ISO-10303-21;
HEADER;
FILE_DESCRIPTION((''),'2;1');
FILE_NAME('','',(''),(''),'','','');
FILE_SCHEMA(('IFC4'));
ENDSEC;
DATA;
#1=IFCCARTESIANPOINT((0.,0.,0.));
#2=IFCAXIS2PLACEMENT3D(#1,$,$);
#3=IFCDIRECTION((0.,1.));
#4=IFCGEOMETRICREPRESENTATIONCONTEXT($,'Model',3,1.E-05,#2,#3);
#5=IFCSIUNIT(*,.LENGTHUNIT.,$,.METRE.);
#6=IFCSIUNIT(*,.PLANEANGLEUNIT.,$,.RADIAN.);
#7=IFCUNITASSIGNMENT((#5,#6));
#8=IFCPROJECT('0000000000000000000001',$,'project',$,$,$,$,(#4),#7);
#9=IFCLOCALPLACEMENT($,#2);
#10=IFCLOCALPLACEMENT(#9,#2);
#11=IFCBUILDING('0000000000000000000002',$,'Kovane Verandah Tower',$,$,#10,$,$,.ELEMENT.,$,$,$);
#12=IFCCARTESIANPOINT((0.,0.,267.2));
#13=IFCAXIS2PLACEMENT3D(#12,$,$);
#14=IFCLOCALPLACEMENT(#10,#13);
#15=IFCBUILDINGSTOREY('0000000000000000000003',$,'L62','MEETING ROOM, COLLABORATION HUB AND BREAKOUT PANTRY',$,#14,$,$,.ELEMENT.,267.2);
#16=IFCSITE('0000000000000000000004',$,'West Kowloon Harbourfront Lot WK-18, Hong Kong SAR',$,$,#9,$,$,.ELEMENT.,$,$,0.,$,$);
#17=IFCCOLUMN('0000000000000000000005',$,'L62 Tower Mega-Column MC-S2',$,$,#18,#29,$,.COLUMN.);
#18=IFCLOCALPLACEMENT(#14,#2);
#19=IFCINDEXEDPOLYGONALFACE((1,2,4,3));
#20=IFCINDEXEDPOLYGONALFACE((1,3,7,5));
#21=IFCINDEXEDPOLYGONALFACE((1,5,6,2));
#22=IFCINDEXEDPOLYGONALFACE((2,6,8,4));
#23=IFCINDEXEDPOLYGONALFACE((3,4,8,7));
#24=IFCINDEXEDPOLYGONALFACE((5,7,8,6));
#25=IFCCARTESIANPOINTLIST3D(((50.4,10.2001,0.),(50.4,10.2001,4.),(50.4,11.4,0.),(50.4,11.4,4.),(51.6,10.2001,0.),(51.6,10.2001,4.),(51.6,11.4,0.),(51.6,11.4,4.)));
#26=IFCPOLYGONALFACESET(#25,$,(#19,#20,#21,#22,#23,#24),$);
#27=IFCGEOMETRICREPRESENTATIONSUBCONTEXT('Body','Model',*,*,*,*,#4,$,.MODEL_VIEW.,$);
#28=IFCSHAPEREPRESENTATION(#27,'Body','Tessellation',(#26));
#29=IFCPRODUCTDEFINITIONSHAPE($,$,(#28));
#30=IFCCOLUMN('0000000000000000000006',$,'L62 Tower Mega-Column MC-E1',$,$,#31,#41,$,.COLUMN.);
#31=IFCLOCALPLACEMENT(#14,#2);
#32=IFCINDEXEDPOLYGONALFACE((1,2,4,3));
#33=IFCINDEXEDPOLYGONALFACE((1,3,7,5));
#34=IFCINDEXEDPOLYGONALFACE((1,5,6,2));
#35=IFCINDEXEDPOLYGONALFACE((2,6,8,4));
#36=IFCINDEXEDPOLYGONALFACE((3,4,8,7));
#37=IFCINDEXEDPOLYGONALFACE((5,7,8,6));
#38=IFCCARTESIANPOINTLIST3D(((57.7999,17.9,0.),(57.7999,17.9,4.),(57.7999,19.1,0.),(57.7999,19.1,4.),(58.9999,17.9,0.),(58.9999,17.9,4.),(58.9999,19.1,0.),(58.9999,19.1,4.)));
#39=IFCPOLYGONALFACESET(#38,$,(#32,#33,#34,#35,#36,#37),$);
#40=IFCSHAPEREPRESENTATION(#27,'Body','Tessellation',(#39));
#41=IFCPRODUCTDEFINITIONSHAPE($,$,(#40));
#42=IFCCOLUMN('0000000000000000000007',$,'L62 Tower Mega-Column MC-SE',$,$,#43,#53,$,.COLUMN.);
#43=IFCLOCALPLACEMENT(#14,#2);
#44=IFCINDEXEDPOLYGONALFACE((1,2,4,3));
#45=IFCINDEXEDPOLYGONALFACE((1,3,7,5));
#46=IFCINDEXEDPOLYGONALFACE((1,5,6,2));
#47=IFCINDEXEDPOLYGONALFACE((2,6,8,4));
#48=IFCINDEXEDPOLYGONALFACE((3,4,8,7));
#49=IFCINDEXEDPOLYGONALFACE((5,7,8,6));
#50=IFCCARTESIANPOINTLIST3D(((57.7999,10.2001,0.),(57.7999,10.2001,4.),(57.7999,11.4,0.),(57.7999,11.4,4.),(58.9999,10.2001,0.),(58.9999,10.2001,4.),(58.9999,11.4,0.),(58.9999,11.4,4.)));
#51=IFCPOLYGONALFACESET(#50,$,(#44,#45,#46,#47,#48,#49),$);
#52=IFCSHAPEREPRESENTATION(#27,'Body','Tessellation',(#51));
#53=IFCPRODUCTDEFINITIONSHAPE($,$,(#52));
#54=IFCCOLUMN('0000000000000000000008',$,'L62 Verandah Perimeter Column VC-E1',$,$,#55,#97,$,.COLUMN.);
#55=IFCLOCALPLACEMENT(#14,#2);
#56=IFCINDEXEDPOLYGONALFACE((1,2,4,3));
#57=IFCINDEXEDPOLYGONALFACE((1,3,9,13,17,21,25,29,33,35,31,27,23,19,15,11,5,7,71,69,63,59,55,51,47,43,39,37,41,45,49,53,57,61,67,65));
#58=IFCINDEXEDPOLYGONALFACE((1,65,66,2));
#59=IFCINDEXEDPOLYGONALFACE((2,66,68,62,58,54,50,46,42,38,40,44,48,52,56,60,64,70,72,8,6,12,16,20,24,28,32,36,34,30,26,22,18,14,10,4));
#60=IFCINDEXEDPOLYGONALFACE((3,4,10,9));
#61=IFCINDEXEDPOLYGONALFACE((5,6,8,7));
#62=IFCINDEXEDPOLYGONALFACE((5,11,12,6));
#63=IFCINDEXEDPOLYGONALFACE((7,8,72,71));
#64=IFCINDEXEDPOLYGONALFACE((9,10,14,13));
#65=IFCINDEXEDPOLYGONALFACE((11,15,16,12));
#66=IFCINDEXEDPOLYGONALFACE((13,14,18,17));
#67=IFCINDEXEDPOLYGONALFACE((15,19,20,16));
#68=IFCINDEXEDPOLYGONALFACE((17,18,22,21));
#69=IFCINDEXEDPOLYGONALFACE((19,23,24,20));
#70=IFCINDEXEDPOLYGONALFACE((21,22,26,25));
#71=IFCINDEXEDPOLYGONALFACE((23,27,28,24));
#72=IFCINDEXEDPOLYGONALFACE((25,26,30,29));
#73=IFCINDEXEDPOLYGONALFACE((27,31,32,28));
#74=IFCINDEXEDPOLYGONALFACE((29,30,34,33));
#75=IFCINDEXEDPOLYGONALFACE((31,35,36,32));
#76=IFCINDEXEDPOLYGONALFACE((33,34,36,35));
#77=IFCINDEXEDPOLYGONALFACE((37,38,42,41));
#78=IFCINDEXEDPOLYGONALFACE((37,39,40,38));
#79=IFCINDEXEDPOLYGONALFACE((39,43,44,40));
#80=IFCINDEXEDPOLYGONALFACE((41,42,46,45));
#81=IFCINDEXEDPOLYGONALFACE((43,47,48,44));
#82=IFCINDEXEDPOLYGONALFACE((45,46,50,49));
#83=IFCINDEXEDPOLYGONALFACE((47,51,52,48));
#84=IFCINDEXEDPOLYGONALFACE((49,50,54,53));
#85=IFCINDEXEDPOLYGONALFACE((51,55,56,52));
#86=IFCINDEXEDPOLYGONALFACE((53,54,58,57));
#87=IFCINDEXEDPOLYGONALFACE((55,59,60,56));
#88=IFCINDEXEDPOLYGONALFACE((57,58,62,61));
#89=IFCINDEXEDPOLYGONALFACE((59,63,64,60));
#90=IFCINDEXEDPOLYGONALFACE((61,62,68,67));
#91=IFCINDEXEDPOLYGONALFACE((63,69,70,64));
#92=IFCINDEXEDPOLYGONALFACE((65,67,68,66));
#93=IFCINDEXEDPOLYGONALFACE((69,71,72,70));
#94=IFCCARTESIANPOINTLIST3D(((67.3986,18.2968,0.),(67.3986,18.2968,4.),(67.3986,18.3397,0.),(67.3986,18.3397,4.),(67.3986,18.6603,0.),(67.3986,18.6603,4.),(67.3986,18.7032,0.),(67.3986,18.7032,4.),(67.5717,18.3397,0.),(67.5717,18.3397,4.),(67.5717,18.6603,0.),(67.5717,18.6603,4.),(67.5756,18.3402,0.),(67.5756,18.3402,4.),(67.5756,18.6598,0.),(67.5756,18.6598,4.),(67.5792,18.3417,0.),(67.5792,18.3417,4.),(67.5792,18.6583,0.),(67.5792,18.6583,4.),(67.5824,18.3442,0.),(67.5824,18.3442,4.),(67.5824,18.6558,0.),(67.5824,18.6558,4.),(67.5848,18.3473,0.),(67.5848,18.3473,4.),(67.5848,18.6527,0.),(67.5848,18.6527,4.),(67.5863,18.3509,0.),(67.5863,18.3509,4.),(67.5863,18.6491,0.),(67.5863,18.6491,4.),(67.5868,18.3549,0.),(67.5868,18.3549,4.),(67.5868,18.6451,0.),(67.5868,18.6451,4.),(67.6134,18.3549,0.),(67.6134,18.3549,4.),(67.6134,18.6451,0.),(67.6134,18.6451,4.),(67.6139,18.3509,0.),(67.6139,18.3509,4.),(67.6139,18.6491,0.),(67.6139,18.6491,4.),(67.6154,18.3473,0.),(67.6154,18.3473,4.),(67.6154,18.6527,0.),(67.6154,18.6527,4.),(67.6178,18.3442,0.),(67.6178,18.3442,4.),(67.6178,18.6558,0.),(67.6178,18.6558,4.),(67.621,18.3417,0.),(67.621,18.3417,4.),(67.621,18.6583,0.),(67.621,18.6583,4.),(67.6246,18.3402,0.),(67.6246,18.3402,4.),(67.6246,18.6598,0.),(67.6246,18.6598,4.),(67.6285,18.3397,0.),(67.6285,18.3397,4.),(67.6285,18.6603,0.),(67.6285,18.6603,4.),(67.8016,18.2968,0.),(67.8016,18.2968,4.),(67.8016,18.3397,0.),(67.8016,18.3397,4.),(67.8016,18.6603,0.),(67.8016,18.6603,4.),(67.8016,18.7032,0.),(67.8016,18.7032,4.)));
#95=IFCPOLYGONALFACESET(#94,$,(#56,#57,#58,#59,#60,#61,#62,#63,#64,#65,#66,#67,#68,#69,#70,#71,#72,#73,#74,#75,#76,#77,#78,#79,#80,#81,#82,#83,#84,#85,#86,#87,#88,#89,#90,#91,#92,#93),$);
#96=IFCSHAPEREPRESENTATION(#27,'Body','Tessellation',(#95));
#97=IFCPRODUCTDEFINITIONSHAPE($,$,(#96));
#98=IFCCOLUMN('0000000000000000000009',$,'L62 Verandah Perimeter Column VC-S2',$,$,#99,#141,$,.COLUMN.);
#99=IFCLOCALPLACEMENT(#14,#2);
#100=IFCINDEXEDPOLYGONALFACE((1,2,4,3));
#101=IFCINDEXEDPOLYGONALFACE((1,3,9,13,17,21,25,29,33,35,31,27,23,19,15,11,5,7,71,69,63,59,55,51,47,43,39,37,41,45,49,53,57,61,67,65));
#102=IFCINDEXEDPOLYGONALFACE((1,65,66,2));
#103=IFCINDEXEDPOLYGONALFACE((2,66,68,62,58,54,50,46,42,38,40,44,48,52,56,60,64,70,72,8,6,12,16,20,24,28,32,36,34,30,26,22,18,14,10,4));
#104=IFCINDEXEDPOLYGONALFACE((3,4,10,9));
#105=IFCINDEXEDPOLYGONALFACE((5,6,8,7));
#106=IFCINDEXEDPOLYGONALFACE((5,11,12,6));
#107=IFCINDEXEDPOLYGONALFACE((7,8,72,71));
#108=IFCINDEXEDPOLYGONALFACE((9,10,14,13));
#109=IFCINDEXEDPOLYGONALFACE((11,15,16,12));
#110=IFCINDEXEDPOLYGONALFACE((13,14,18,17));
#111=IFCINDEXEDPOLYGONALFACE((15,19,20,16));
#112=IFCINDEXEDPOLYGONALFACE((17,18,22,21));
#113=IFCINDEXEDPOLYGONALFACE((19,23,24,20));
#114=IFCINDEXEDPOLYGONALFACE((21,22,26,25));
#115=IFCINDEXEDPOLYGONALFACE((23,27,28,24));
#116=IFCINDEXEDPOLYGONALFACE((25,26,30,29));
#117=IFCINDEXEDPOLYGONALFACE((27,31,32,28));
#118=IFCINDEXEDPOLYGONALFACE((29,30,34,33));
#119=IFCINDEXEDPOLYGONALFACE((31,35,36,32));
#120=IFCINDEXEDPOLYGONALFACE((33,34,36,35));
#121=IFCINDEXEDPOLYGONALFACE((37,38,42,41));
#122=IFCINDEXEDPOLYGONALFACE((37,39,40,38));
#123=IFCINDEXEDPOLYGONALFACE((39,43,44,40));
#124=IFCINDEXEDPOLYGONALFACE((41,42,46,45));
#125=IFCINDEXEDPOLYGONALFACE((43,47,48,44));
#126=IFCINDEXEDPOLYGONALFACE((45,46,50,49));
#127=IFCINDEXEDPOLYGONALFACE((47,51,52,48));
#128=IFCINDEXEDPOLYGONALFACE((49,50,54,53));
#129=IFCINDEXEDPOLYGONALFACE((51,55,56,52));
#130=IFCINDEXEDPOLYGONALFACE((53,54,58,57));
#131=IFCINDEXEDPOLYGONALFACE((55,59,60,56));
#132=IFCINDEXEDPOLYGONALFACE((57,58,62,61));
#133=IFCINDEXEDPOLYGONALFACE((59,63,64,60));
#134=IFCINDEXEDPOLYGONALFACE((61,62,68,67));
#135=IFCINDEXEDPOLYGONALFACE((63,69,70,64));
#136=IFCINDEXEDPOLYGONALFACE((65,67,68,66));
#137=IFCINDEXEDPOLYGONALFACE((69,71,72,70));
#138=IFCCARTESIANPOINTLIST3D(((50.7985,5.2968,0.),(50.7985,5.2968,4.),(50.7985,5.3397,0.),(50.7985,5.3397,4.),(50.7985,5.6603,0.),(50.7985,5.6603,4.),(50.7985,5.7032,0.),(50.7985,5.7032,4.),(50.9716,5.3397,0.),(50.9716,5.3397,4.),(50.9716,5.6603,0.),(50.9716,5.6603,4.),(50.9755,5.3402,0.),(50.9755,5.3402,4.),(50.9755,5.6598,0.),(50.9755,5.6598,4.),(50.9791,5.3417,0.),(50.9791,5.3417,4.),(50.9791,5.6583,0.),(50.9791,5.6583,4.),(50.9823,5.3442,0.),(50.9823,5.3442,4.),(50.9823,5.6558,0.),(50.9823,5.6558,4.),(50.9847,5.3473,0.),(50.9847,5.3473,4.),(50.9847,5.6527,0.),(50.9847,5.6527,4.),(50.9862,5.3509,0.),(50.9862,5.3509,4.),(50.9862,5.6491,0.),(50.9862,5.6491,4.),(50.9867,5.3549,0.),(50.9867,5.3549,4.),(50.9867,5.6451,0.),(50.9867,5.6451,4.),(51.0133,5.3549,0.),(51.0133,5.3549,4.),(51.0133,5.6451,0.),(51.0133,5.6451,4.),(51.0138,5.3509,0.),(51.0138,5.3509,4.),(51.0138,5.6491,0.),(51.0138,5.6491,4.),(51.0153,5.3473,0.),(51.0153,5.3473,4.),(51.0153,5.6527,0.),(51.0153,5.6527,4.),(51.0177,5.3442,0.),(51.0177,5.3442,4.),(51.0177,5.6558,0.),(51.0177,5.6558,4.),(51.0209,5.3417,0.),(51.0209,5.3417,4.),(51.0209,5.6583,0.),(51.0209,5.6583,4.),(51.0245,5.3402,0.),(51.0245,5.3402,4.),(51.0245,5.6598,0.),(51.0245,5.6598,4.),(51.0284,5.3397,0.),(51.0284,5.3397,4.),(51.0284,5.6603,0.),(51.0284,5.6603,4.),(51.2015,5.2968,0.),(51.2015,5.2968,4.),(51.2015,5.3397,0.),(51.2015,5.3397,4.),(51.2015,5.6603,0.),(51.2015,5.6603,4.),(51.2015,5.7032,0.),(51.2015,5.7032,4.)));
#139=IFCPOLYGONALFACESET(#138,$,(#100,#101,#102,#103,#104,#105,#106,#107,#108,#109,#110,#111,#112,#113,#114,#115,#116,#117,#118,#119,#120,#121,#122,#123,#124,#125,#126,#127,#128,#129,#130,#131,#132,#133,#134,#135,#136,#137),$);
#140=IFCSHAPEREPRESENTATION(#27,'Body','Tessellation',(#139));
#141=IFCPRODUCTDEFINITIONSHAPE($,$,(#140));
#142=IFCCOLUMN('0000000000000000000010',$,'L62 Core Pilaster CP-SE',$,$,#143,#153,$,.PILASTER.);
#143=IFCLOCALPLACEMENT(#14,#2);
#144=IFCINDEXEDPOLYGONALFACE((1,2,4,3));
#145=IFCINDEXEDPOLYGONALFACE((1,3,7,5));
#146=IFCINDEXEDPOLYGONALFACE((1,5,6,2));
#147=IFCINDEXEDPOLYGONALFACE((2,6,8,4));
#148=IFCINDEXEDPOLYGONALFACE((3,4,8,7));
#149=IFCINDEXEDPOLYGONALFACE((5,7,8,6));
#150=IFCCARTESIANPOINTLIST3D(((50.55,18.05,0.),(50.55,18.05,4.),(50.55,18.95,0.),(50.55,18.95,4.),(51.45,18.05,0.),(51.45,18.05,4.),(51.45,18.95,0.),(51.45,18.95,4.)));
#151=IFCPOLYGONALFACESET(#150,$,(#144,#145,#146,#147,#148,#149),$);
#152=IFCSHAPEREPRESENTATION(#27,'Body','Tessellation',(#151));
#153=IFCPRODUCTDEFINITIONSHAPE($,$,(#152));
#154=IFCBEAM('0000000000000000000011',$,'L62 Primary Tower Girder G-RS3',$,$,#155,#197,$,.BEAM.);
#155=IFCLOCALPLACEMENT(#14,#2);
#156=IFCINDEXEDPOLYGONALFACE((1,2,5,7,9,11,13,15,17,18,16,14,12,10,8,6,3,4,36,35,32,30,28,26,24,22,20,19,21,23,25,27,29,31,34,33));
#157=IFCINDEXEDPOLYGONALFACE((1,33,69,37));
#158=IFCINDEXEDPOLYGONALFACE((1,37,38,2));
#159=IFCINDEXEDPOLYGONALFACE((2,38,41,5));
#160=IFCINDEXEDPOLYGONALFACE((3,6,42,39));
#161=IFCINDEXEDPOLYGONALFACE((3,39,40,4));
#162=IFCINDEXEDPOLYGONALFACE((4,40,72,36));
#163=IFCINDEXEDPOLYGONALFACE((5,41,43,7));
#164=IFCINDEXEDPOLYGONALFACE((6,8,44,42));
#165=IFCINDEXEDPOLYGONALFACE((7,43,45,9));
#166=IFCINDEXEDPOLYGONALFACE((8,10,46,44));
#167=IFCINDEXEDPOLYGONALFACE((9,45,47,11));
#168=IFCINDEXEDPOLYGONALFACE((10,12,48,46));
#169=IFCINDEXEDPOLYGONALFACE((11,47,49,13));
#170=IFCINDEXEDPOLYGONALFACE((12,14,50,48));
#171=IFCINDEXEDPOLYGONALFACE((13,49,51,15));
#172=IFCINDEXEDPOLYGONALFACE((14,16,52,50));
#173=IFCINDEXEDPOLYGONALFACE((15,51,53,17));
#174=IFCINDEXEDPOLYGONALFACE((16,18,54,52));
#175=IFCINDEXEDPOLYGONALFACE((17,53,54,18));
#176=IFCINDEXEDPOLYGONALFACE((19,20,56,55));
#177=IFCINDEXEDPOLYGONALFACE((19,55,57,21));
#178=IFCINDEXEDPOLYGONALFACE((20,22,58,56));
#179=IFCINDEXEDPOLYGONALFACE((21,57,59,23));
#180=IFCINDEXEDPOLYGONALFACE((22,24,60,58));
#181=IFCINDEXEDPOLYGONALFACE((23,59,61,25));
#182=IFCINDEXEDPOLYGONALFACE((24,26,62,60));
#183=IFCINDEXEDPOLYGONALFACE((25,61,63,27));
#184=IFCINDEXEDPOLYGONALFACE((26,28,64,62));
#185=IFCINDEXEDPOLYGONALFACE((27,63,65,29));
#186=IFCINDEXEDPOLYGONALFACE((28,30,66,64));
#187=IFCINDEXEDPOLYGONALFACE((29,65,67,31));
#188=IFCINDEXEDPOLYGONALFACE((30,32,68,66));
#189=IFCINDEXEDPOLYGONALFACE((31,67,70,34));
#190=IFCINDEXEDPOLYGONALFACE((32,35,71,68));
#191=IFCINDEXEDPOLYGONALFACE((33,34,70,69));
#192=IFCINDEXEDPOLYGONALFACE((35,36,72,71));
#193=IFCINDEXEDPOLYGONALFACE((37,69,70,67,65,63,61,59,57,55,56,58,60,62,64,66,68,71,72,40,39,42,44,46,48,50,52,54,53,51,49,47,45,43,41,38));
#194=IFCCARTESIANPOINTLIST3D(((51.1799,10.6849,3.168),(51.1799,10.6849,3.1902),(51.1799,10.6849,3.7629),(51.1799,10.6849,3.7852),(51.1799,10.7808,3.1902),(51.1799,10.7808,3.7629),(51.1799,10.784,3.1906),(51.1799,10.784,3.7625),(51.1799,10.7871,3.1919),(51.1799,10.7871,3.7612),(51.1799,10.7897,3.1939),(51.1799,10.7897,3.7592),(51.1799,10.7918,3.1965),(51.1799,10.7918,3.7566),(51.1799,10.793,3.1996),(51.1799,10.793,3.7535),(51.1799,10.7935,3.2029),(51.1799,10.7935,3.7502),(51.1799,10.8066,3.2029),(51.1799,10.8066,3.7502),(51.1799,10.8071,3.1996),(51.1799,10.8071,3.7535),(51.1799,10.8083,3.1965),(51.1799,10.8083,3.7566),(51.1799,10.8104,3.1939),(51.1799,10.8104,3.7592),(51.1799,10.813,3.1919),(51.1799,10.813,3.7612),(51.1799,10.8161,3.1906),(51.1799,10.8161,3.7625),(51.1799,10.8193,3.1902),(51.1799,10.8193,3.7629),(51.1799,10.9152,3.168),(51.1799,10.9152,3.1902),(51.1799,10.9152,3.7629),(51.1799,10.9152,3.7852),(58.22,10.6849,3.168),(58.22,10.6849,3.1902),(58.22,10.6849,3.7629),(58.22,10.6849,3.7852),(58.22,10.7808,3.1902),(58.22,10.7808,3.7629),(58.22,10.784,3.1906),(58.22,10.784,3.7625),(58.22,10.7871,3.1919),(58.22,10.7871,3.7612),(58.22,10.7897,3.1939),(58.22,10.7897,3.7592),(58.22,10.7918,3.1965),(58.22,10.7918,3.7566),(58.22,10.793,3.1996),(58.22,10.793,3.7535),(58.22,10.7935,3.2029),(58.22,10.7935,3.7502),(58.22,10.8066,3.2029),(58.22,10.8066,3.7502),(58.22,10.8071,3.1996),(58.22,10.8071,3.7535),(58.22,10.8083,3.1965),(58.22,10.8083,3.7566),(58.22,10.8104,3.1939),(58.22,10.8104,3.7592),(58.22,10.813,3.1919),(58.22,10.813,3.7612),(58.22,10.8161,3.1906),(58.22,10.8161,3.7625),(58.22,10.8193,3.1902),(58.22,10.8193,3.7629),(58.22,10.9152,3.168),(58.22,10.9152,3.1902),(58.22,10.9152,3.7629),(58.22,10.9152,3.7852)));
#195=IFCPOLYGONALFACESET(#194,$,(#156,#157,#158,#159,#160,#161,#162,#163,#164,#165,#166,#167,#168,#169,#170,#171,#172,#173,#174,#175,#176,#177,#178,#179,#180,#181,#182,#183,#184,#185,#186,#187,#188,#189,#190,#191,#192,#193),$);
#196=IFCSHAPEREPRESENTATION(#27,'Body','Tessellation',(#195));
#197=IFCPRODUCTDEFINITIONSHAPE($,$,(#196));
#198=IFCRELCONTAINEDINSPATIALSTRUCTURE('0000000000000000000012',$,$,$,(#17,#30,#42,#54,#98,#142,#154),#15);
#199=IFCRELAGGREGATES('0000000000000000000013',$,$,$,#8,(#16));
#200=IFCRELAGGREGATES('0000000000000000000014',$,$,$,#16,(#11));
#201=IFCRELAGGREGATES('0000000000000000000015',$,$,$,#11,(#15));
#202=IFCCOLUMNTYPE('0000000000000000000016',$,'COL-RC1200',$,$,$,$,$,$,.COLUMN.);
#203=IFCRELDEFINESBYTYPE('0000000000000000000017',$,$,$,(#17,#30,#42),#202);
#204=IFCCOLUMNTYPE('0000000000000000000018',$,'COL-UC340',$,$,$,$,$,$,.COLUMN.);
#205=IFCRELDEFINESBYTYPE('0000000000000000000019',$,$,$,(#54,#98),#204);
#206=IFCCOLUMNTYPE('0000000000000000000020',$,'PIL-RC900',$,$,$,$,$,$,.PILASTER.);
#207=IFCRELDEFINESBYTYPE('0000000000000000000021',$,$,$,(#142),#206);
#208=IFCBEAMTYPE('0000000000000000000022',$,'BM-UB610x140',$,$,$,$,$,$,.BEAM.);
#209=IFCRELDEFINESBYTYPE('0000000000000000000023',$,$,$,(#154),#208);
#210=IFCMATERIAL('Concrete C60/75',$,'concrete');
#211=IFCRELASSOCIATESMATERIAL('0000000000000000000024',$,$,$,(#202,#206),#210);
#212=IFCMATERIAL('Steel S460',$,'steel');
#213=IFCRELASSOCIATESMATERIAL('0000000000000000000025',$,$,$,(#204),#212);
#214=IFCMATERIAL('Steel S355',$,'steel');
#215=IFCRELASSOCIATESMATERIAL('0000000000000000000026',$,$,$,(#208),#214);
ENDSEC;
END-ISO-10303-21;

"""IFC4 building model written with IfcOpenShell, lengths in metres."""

from ifc_helpers import new_model, si_unit, direction, frame, origin, origin_2d, place, context, subcontext, project, spatial, rectangle, i_section, extrude, material, material_profile, profile_set, type_object, element, save


model = new_model("IFC4")

# Units and contexts
model_context = context("Model", 3, precision=1e-05, world=origin(), true_north=direction((0.0, 1.0)))
body_context = subcontext(model_context, "Body", "Model", "MODEL_VIEW")
ifc_project = project(units=[si_unit("LENGTHUNIT", "METRE"), si_unit("PLANEANGLEUNIT", "RADIAN")], contexts=[model_context])

# Site, building, storey
site_placement = place(None, origin())
site = spatial("IfcSite", under=ifc_project, at=site_placement, Name="West Kowloon Harbourfront Lot WK-18, Hong Kong SAR", CompositionType="ELEMENT", RefElevation=0.0)
building_placement = place(site_placement, origin())
building = spatial("IfcBuilding", under=site, at=building_placement, Name="Kovane Verandah Tower", CompositionType="ELEMENT")
storey_placement = place(building_placement, frame((0.0, 0.0, 267.2)))
storey = spatial("IfcBuildingStorey", under=building, at=storey_placement, Name="L62", Description="MEETING ROOM, COLLABORATION HUB AND BREAKOUT PANTRY", CompositionType="ELEMENT", Elevation=267.2)

# Columns
ifc_material_1 = material(Name="Concrete C60/75", Category="concrete")
ifc_material_profile_1 = material_profile(ifc_material_1, rectangle(XDim=1.2, YDim=1.2, at=origin_2d()), Name="RC1200x1200")
ifc_profile_set_1 = profile_set([ifc_material_profile_1], Name="Concrete C60/75")
column_type_1 = type_object("IfcColumnType", Name="COL-RC1200", PredefinedType="COLUMN", material=ifc_profile_set_1)
for number, where, z_axis, x_axis, name in (
    (1, (51.0, 10.8, 0.0), (0.0, 0.0, 1.0), (1.0, 0.0, 0.0), "L62 Tower Mega-Column MC-S2"),
    (2, (58.3999, 18.5, 0.0), (0.0, 0.0, 1.0), (1.0, 0.0, 0.0), "L62 Tower Mega-Column MC-E1"),
    (3, (58.3999, 10.8, 0.0), (0.0, 0.0, 1.0), (1.0, 0.0, 0.0), "L62 Tower Mega-Column MC-SE"),
):
    element("IfcColumn", number, at=place(storey_placement, frame(where, z_axis=z_axis, x_axis=x_axis)), inside=storey, type_object=column_type_1, Name=name, PredefinedType="COLUMN", context=body_context, shape_type="SweptSolid", body=[
        extrude(rectangle(XDim=1.2, YDim=1.2, at=origin_2d()), origin(), (0.0, 0.0, 1.0), 4.0),
    ])
ifc_material_2 = material(Name="Steel S460", Category="steel")
ifc_material_profile_2 = material_profile(ifc_material_2, i_section(OverallWidth=0.4031, OverallDepth=0.4065, WebThickness=0.0266, FlangeThickness=0.043, FilletRadius=0.0151, at=origin_2d()), Name="UC356x406x340")
ifc_profile_set_2 = profile_set([ifc_material_profile_2], Name="Steel S460")
column_type_2 = type_object("IfcColumnType", Name="COL-UC340", PredefinedType="COLUMN", material=ifc_profile_set_2)
for number, where, z_axis, x_axis, name in (
    (4, (67.6001, 18.5, 0.0), (0.0, 0.0, 1.0), (1.0, 0.0, 0.0), "L62 Verandah Perimeter Column VC-E1"),
    (5, (51.0, 5.5, 0.0), (0.0, 0.0, 1.0), (1.0, 0.0, 0.0), "L62 Verandah Perimeter Column VC-S2"),
):
    element("IfcColumn", number, at=place(storey_placement, frame(where, z_axis=z_axis, x_axis=x_axis)), inside=storey, type_object=column_type_2, Name=name, PredefinedType="COLUMN", context=body_context, shape_type="SweptSolid", body=[
        extrude(i_section(OverallWidth=0.4031, OverallDepth=0.4065, WebThickness=0.0266, FlangeThickness=0.043, FilletRadius=0.0151, at=origin_2d()), origin(), (0.0, 0.0, 1.0), 4.0),
    ])
ifc_material_profile_3 = material_profile(ifc_material_1, rectangle(XDim=0.8999, YDim=0.8999, at=origin_2d()), Name="RC900x900")
ifc_profile_set_3 = profile_set([ifc_material_profile_3], Name="Concrete C60/75")
column_type_3 = type_object("IfcColumnType", Name="PIL-RC900", PredefinedType="PILASTER", material=ifc_profile_set_3)
column_placement = place(storey_placement, frame((51.0, 18.5, 0.0), z_axis=(0.0, 0.0, 1.0), x_axis=(1.0, 0.0, 0.0)))
element("IfcColumn", 6, at=column_placement, inside=storey, type_object=column_type_3, Name="L62 Core Pilaster CP-SE", PredefinedType="PILASTER", context=body_context, shape_type="SweptSolid", body=[
    extrude(rectangle(XDim=0.8999, YDim=0.8999, at=origin_2d()), origin(), (0.0, 0.0, 1.0), 4.0),
])

# Beam
ifc_material_3 = material(Name="Steel S355", Category="steel")
ifc_material_profile_4 = material_profile(ifc_material_3, i_section(OverallWidth=0.2302, OverallDepth=0.6172, WebThickness=0.0132, FlangeThickness=0.0222, FilletRadius=0.0127, at=origin_2d()), Name="UB610x229x140")
ifc_profile_set_4 = profile_set([ifc_material_profile_4], Name="Steel S355")
beam_type_1 = type_object("IfcBeamType", Name="BM-UB610x140", PredefinedType="BEAM", material=ifc_profile_set_4)
beam_1_placement = place(storey_placement, frame((51.1799, 10.8, 3.4766), z_axis=(1.0, 0.0, 0.0), x_axis=(0.0, 1.0, 0.0)))
element("IfcBeam", 7, at=beam_1_placement, inside=storey, type_object=beam_type_1, Name="L62 Primary Tower Girder G-RS3", PredefinedType="BEAM", context=body_context, shape_type="SweptSolid", body=[
    extrude(i_section(OverallWidth=0.2302, OverallDepth=0.6172, WebThickness=0.0132, FlangeThickness=0.0222, FilletRadius=0.0127, at=origin_2d()), origin(), (0.0, 0.0, 1.0), 7.04),
])

save(model, "model.ifc")
